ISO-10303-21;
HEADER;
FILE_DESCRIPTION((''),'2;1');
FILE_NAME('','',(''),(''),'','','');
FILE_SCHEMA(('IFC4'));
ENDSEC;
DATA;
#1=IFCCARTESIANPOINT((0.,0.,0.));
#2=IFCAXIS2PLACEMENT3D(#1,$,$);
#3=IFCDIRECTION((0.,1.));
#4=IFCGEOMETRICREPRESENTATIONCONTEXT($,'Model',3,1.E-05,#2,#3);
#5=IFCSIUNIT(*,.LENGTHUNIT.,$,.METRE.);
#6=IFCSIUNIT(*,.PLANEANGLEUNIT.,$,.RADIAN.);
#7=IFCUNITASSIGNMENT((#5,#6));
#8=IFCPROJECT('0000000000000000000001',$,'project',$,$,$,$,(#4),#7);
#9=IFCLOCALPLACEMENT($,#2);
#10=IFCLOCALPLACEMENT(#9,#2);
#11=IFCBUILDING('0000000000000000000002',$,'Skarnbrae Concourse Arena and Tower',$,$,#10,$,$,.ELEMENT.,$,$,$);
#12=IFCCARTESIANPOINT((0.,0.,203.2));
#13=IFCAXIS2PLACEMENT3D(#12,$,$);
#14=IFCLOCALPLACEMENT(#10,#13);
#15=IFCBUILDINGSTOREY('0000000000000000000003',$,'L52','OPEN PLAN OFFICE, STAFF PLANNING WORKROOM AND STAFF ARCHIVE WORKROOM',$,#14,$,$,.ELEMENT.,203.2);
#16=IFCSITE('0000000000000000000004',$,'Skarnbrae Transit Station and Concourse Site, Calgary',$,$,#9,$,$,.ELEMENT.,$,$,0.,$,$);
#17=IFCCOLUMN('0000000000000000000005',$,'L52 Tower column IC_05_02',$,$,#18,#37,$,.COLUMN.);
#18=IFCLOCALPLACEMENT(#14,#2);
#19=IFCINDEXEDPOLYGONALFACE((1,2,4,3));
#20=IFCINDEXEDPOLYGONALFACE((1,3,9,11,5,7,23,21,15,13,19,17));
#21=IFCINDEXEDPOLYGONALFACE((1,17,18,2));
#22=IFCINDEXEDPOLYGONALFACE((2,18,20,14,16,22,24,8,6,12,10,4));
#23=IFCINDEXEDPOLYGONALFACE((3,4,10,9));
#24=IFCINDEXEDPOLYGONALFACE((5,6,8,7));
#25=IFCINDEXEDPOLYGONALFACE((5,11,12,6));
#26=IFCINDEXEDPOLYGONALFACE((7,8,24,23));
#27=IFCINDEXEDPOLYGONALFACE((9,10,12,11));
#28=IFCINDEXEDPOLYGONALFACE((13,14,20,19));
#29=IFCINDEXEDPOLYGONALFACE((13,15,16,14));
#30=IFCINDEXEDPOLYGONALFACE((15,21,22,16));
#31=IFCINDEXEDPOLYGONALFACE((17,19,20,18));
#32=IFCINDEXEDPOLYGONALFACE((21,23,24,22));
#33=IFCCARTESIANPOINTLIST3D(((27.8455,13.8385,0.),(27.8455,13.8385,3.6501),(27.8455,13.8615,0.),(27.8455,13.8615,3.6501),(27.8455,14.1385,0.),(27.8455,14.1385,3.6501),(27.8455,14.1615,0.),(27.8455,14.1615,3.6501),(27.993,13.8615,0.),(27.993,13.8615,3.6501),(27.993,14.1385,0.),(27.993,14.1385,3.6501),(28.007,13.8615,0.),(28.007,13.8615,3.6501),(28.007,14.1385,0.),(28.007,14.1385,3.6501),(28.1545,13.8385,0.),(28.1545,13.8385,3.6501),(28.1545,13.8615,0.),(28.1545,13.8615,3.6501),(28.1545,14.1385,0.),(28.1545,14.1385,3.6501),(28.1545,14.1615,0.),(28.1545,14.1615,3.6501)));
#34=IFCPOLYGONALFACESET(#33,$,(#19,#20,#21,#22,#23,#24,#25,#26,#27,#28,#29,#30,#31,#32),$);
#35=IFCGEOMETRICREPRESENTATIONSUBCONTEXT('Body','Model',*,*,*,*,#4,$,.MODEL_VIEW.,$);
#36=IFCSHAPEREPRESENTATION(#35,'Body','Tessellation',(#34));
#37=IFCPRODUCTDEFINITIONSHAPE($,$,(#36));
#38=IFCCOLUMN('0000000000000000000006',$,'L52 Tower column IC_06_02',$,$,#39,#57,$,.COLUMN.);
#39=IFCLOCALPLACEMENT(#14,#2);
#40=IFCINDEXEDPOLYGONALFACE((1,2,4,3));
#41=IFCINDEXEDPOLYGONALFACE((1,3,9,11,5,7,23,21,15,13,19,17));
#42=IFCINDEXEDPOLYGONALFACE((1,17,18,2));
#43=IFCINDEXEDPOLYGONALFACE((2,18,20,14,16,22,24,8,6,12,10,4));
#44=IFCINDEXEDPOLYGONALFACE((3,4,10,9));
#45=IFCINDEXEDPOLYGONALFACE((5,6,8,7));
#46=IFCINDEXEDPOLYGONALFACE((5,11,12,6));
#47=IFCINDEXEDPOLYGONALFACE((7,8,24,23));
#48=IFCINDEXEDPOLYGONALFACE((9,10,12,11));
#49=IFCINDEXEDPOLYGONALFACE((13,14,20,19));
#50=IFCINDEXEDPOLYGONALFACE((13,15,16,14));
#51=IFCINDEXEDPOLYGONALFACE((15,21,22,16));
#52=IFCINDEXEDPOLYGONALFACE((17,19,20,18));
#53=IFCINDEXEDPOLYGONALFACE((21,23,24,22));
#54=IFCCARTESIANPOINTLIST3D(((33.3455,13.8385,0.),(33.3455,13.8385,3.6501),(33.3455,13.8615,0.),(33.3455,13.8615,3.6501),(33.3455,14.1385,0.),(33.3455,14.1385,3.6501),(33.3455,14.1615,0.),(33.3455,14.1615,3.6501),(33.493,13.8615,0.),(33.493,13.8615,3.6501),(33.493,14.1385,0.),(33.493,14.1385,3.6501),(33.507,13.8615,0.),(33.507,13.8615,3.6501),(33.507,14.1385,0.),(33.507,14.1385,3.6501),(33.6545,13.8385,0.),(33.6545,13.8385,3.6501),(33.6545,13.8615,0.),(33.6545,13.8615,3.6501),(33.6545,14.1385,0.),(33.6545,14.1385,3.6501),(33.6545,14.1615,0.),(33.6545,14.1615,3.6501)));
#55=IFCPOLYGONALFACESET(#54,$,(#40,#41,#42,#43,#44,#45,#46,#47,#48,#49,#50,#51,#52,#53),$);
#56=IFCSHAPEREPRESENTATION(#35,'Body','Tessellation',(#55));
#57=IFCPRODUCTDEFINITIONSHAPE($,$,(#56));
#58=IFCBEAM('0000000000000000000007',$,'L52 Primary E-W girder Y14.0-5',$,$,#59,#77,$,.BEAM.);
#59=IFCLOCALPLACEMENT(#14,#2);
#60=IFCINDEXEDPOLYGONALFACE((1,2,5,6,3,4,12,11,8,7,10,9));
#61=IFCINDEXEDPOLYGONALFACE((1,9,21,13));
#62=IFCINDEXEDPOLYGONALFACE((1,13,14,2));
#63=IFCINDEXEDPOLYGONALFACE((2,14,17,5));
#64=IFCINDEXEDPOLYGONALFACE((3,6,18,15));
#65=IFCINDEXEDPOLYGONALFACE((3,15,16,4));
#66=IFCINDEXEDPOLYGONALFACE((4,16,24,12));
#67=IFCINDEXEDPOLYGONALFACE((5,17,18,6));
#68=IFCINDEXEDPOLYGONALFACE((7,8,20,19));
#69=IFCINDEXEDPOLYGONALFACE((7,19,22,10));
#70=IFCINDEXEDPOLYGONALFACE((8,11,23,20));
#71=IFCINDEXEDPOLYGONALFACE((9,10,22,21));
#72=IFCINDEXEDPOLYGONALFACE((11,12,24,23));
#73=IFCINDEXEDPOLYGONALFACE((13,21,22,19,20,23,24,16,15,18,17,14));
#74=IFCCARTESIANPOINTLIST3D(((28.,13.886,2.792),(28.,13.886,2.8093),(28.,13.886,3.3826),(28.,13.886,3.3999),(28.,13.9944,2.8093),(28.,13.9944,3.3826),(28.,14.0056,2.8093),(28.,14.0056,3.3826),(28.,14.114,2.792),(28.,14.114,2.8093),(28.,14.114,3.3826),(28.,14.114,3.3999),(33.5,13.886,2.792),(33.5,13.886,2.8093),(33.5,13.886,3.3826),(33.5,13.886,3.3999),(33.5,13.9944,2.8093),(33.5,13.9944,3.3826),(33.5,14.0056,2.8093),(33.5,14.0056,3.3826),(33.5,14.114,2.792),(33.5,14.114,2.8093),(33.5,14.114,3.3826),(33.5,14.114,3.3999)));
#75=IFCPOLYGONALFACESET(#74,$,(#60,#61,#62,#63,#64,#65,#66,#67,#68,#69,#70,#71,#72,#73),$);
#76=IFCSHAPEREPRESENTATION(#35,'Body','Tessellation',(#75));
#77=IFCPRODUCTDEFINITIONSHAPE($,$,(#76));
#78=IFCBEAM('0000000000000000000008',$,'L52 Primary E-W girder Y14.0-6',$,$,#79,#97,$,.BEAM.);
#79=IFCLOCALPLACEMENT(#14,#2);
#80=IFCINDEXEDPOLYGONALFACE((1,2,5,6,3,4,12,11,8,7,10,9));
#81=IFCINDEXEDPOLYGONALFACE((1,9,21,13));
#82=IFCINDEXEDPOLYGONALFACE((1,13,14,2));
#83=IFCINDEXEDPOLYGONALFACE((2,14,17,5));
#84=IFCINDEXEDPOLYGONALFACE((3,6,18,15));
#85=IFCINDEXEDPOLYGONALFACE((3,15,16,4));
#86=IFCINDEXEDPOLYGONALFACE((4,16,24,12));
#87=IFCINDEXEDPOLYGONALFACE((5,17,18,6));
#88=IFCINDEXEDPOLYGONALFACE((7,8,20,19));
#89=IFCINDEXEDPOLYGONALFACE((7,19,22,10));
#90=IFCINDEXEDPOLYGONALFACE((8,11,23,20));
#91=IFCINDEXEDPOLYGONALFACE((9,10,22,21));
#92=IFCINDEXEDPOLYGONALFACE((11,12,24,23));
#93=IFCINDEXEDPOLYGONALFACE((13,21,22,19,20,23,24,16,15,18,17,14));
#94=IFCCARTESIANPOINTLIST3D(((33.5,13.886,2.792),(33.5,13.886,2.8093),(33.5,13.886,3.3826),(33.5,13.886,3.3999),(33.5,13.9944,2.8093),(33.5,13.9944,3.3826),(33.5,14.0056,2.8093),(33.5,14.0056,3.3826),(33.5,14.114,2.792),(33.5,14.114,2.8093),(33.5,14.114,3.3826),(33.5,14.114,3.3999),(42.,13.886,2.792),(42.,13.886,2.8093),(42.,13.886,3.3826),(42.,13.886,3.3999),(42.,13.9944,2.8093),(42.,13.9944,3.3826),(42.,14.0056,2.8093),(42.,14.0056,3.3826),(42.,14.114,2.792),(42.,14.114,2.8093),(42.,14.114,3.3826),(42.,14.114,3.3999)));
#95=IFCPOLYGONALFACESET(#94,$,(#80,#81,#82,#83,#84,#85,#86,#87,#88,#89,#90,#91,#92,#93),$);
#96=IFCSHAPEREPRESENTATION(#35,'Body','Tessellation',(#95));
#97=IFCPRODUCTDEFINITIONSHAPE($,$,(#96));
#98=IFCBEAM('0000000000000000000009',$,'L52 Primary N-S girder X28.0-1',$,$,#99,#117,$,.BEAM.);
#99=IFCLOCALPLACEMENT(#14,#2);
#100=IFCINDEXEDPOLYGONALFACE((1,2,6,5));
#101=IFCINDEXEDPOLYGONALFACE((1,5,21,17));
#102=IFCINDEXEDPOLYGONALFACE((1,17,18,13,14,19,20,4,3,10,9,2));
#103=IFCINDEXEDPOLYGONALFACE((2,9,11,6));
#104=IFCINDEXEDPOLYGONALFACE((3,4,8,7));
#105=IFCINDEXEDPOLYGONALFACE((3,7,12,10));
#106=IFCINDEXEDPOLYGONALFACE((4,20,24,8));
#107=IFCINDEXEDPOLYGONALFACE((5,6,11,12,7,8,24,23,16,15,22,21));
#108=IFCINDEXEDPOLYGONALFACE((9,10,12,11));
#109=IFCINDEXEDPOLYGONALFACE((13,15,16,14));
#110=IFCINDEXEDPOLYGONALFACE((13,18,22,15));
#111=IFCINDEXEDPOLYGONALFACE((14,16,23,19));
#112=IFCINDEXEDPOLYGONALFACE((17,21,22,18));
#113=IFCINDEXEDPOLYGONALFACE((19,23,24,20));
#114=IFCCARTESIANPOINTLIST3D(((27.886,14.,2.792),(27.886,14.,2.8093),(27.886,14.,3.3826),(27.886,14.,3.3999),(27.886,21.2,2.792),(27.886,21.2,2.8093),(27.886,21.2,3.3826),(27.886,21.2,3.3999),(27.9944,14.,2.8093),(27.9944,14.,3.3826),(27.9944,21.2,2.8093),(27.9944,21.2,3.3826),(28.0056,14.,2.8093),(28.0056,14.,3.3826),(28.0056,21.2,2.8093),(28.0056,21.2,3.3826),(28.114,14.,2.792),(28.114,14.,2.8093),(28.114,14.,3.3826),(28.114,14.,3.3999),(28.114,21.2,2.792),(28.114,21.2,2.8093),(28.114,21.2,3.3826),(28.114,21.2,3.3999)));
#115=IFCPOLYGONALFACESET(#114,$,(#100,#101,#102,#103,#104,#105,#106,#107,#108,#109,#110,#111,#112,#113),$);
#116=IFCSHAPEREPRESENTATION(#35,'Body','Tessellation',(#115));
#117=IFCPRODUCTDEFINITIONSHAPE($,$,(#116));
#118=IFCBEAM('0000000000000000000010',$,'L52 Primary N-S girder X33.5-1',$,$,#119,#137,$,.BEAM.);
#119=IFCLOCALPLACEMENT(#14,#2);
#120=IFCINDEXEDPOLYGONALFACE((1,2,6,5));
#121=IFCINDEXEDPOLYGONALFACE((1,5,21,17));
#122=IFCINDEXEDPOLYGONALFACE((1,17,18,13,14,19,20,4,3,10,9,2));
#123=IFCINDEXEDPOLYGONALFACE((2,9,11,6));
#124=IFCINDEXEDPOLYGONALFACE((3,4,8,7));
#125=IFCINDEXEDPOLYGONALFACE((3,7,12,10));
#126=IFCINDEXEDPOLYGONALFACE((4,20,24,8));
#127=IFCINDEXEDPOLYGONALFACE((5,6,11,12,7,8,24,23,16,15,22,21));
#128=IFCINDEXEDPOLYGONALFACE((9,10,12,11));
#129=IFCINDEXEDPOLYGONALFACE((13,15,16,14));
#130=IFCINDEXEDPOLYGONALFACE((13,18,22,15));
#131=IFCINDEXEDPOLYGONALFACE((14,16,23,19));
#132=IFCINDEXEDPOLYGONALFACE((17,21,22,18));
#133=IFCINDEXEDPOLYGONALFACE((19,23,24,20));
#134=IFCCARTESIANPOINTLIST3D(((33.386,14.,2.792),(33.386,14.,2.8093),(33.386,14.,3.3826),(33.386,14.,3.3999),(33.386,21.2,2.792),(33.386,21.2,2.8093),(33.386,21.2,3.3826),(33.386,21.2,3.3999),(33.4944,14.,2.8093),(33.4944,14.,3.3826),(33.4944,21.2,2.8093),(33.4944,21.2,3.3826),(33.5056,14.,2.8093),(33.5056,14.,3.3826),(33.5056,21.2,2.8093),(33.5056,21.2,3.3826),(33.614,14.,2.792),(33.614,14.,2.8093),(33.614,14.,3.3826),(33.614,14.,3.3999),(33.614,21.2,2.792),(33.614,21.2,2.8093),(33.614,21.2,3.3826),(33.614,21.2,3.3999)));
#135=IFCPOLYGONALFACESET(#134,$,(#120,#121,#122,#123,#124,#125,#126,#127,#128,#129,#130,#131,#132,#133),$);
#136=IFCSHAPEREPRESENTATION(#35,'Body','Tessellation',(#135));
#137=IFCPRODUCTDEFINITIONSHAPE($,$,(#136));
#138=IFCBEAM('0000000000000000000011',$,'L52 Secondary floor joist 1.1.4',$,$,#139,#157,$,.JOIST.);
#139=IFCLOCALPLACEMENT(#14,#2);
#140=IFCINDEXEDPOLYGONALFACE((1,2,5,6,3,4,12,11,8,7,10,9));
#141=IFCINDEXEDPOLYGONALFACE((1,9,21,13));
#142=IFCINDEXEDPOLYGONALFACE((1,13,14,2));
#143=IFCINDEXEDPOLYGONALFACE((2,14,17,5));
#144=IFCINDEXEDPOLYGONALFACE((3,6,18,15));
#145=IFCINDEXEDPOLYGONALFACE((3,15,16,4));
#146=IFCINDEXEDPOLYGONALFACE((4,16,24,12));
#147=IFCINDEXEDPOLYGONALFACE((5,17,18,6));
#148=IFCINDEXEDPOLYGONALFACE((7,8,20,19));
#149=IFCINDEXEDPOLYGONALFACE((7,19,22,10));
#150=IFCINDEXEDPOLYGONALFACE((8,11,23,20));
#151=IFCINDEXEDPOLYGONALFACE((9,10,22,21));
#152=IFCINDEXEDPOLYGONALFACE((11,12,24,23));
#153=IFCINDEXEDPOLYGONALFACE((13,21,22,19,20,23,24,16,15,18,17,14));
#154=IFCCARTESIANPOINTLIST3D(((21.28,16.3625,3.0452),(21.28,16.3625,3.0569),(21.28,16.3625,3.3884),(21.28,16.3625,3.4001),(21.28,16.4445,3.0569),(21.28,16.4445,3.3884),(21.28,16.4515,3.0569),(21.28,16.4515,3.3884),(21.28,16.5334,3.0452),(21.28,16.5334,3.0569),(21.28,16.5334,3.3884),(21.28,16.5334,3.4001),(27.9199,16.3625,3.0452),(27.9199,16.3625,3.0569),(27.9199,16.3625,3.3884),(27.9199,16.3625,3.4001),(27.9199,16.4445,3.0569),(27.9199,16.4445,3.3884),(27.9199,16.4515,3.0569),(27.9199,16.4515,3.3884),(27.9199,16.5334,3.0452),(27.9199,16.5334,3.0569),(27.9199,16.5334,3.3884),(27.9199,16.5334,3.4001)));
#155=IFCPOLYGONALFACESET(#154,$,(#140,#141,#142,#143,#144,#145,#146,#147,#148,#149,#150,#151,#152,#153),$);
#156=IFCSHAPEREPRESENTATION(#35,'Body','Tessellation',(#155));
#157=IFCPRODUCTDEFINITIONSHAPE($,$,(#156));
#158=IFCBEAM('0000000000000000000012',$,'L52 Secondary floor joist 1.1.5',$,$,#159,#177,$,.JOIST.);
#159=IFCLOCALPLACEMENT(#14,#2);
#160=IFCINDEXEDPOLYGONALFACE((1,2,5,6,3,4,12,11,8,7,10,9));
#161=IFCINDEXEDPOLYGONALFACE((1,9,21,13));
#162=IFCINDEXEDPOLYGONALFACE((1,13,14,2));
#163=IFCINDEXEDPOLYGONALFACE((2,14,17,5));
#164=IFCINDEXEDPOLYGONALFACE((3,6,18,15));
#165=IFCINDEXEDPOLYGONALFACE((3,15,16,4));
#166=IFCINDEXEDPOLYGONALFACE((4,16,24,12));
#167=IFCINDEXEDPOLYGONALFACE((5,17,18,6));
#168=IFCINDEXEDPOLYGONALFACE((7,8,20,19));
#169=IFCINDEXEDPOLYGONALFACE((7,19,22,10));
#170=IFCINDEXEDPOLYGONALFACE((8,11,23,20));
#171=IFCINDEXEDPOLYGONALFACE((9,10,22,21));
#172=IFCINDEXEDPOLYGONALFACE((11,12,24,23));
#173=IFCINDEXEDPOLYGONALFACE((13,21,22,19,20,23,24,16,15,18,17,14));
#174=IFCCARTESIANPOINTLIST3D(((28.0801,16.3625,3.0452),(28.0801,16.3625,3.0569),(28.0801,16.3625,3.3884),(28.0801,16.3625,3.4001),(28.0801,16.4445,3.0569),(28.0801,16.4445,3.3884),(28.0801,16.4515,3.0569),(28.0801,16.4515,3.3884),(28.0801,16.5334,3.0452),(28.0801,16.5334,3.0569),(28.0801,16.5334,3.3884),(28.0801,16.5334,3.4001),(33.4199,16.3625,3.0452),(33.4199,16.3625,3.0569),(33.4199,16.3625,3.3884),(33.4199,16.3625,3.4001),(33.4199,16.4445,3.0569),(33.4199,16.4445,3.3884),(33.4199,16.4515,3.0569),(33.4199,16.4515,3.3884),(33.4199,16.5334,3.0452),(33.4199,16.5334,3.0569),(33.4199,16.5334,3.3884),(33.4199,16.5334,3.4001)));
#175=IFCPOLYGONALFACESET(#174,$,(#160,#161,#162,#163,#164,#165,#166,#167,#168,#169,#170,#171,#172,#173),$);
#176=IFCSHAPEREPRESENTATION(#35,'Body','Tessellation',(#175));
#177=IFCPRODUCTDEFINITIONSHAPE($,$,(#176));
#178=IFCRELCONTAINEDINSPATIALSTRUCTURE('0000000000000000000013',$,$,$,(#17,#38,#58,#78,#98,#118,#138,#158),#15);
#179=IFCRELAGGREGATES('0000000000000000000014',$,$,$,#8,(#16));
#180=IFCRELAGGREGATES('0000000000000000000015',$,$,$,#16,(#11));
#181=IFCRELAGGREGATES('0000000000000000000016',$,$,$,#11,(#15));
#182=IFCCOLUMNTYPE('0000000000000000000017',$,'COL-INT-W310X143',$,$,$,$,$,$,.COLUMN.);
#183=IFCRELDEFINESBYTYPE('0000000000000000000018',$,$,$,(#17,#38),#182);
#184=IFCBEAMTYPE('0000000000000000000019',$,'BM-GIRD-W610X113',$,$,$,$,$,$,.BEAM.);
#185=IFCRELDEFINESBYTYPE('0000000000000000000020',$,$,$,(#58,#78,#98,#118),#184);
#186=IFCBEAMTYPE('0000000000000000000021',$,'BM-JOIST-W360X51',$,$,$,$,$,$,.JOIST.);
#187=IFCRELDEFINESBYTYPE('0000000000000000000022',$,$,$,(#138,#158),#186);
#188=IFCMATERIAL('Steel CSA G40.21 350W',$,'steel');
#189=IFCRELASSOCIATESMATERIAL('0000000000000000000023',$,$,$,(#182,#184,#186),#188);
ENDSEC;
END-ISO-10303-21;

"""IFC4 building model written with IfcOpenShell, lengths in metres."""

from ifc_helpers import new_model, si_unit, direction, frame, origin, origin_2d, place, context, subcontext, project, spatial, i_section, extrude, source, transform, mapped, material, material_profile, profile_set, type_object, element, save


model = new_model("IFC4")

# Units and contexts
model_context = context("Model", 3, precision=1e-05, world=origin(), true_north=direction((0.0, 1.0)))
body_context = subcontext(model_context, "Body", "Model", "MODEL_VIEW")
ifc_project = project(units=[si_unit("LENGTHUNIT", "METRE"), si_unit("PLANEANGLEUNIT", "RADIAN")], contexts=[model_context])

# Site, building, storey
site_placement = place(None, origin())
site = spatial("IfcSite", under=ifc_project, at=site_placement, Name="Skarnbrae Transit Station and Concourse Site, Calgary", CompositionType="ELEMENT", RefElevation=0.0)
building_placement = place(site_placement, origin())
building = spatial("IfcBuilding", under=site, at=building_placement, Name="Skarnbrae Concourse Arena and Tower", CompositionType="ELEMENT")
storey_placement = place(building_placement, frame((0.0, 0.0, 203.2)))
storey = spatial("IfcBuildingStorey", under=building, at=storey_placement, Name="L52", Description="OPEN PLAN OFFICE, STAFF PLANNING WORKROOM AND STAFF ARCHIVE WORKROOM", CompositionType="ELEMENT", Elevation=203.2)

# Columns
ifc_material_1 = material(Name="Steel CSA G40.21 350W", Category="steel")
ifc_material_profile_1 = material_profile(ifc_material_1, i_section(OverallWidth=0.3091, OverallDepth=0.323, WebThickness=0.0139, FlangeThickness=0.0229, at=origin_2d()), Name="W310X143")
ifc_profile_set_1 = profile_set([ifc_material_profile_1], Name="Steel CSA G40.21 350W")
column_type = type_object("IfcColumnType", Name="COL-INT-W310X143", PredefinedType="COLUMN", material=ifc_profile_set_1)
shared_shape_1 = source(origin(), body_context, "Body", "SweptSolid", [
    extrude(i_section(OverallWidth=0.3091, OverallDepth=0.323, WebThickness=0.0139, FlangeThickness=0.0229, at=origin_2d()), origin(), (0.0, 0.0, 1.0), 3.6501),
])
for number, where, z_axis, x_axis, name in (
    (1, (28.0, 14.0, 0.0), (0.0, 0.0, 1.0), (1.0, 0.0, 0.0), "L52 Tower column IC_05_02"),
    (2, (33.5, 14.0, 0.0), (0.0, 0.0, 1.0), (1.0, 0.0, 0.0), "L52 Tower column IC_06_02"),
):
    element("IfcColumn", number, at=place(storey_placement, frame(where, z_axis=z_axis, x_axis=x_axis)), inside=storey, type_object=column_type, Name=name, PredefinedType="COLUMN", context=body_context, shape_type="MappedRepresentation", body=[
        mapped(shared_shape_1, transform((0.0, 0.0, 0.0))),
    ])

# Beams
ifc_material_profile_2 = material_profile(ifc_material_1, i_section(OverallWidth=0.228, OverallDepth=0.6079, WebThickness=0.0112, FlangeThickness=0.0173, at=origin_2d()), Name="W610X113")
ifc_profile_set_2 = profile_set([ifc_material_profile_2], Name="Steel CSA G40.21 350W")
beam_type_1 = type_object("IfcBeamType", Name="BM-GIRD-W610X113", PredefinedType="BEAM", material=ifc_profile_set_2)
shared_shape_2 = source(origin(), body_context, "Body", "SweptSolid", [
    extrude(i_section(OverallWidth=0.228, OverallDepth=0.6079, WebThickness=0.0112, FlangeThickness=0.0173, at=origin_2d()), origin(), (0.0, 0.0, 1.0), 5.5),
])
beam_1_placement = place(storey_placement, frame((28.0, 14.0, 3.0959), z_axis=(1.0, 0.0, 0.0), x_axis=(0.0, 1.0, 0.0)))
element("IfcBeam", 3, at=beam_1_placement, inside=storey, type_object=beam_type_1, Name="L52 Primary E-W girder Y14.0-5", PredefinedType="BEAM", context=body_context, shape_type="MappedRepresentation", body=[
    mapped(shared_shape_2, transform((0.0, 0.0, 0.0))),
])
shared_shape_3 = source(origin(), body_context, "Body", "SweptSolid", [
    extrude(i_section(OverallWidth=0.228, OverallDepth=0.6079, WebThickness=0.0112, FlangeThickness=0.0173, at=origin_2d()), origin(), (0.0, 0.0, 1.0), 8.5),
])
beam_2_placement = place(storey_placement, frame((33.5, 14.0, 3.0959), z_axis=(1.0, 0.0, 0.0), x_axis=(0.0, 1.0, 0.0)))
element("IfcBeam", 4, at=beam_2_placement, inside=storey, type_object=beam_type_1, Name="L52 Primary E-W girder Y14.0-6", PredefinedType="BEAM", context=body_context, shape_type="MappedRepresentation", body=[
    mapped(shared_shape_3, transform((0.0, 0.0, 0.0))),
])
shared_shape_4 = source(origin(), body_context, "Body", "SweptSolid", [
    extrude(i_section(OverallWidth=0.228, OverallDepth=0.6079, WebThickness=0.0112, FlangeThickness=0.0173, at=origin_2d()), origin(), (0.0, 0.0, 1.0), 7.2),
])
for number, where, z_axis, x_axis, name in (
    (5, (28.0, 14.0, 3.0959), (0.0, 1.0, 0.0), (-1.0, 0.0, 0.0), "L52 Primary N-S girder X28.0-1"),
    (6, (33.5, 14.0, 3.0959), (0.0, 1.0, 0.0), (-1.0, 0.0, 0.0), "L52 Primary N-S girder X33.5-1"),
):
    element("IfcBeam", number, at=place(storey_placement, frame(where, z_axis=z_axis, x_axis=x_axis)), inside=storey, type_object=beam_type_1, Name=name, PredefinedType="BEAM", context=body_context, shape_type="MappedRepresentation", body=[
        mapped(shared_shape_4, transform((0.0, 0.0, 0.0))),
    ])
ifc_material_profile_3 = material_profile(ifc_material_1, i_section(OverallWidth=0.1709, OverallDepth=0.355, WebThickness=0.0071, FlangeThickness=0.0117, at=origin_2d()), Name="W360X51")
ifc_profile_set_3 = profile_set([ifc_material_profile_3], Name="Steel CSA G40.21 350W")
beam_type_2 = type_object("IfcBeamType", Name="BM-JOIST-W360X51", PredefinedType="JOIST", material=ifc_profile_set_3)
shared_shape_5 = source(origin(), body_context, "Body", "SweptSolid", [
    extrude(i_section(OverallWidth=0.1709, OverallDepth=0.355, WebThickness=0.0071, FlangeThickness=0.0117, at=origin_2d()), origin(), (0.0, 0.0, 1.0), 6.6399),
])
beam_3_placement = place(storey_placement, frame((21.28, 16.448, 3.2227), z_axis=(1.0, 0.0, 0.0), x_axis=(0.0, 1.0, 0.0)))
element("IfcBeam", 7, at=beam_3_placement, inside=storey, type_object=beam_type_2, Name="L52 Secondary floor joist 1.1.4", PredefinedType="JOIST", context=body_context, shape_type="MappedRepresentation", body=[
    mapped(shared_shape_5, transform((0.0, 0.0, 0.0))),
])
shared_shape_6 = source(origin(), body_context, "Body", "SweptSolid", [
    extrude(i_section(OverallWidth=0.1709, OverallDepth=0.355, WebThickness=0.0071, FlangeThickness=0.0117, at=origin_2d()), origin(), (0.0, 0.0, 1.0), 5.3398),
])
beam_4_placement = place(storey_placement, frame((28.0801, 16.448, 3.2227), z_axis=(1.0, 0.0, 0.0), x_axis=(0.0, 1.0, 0.0)))
element("IfcBeam", 8, at=beam_4_placement, inside=storey, type_object=beam_type_2, Name="L52 Secondary floor joist 1.1.5", PredefinedType="JOIST", context=body_context, shape_type="MappedRepresentation", body=[
    mapped(shared_shape_6, transform((0.0, 0.0, 0.0))),
])

save(model, "model.ifc")
